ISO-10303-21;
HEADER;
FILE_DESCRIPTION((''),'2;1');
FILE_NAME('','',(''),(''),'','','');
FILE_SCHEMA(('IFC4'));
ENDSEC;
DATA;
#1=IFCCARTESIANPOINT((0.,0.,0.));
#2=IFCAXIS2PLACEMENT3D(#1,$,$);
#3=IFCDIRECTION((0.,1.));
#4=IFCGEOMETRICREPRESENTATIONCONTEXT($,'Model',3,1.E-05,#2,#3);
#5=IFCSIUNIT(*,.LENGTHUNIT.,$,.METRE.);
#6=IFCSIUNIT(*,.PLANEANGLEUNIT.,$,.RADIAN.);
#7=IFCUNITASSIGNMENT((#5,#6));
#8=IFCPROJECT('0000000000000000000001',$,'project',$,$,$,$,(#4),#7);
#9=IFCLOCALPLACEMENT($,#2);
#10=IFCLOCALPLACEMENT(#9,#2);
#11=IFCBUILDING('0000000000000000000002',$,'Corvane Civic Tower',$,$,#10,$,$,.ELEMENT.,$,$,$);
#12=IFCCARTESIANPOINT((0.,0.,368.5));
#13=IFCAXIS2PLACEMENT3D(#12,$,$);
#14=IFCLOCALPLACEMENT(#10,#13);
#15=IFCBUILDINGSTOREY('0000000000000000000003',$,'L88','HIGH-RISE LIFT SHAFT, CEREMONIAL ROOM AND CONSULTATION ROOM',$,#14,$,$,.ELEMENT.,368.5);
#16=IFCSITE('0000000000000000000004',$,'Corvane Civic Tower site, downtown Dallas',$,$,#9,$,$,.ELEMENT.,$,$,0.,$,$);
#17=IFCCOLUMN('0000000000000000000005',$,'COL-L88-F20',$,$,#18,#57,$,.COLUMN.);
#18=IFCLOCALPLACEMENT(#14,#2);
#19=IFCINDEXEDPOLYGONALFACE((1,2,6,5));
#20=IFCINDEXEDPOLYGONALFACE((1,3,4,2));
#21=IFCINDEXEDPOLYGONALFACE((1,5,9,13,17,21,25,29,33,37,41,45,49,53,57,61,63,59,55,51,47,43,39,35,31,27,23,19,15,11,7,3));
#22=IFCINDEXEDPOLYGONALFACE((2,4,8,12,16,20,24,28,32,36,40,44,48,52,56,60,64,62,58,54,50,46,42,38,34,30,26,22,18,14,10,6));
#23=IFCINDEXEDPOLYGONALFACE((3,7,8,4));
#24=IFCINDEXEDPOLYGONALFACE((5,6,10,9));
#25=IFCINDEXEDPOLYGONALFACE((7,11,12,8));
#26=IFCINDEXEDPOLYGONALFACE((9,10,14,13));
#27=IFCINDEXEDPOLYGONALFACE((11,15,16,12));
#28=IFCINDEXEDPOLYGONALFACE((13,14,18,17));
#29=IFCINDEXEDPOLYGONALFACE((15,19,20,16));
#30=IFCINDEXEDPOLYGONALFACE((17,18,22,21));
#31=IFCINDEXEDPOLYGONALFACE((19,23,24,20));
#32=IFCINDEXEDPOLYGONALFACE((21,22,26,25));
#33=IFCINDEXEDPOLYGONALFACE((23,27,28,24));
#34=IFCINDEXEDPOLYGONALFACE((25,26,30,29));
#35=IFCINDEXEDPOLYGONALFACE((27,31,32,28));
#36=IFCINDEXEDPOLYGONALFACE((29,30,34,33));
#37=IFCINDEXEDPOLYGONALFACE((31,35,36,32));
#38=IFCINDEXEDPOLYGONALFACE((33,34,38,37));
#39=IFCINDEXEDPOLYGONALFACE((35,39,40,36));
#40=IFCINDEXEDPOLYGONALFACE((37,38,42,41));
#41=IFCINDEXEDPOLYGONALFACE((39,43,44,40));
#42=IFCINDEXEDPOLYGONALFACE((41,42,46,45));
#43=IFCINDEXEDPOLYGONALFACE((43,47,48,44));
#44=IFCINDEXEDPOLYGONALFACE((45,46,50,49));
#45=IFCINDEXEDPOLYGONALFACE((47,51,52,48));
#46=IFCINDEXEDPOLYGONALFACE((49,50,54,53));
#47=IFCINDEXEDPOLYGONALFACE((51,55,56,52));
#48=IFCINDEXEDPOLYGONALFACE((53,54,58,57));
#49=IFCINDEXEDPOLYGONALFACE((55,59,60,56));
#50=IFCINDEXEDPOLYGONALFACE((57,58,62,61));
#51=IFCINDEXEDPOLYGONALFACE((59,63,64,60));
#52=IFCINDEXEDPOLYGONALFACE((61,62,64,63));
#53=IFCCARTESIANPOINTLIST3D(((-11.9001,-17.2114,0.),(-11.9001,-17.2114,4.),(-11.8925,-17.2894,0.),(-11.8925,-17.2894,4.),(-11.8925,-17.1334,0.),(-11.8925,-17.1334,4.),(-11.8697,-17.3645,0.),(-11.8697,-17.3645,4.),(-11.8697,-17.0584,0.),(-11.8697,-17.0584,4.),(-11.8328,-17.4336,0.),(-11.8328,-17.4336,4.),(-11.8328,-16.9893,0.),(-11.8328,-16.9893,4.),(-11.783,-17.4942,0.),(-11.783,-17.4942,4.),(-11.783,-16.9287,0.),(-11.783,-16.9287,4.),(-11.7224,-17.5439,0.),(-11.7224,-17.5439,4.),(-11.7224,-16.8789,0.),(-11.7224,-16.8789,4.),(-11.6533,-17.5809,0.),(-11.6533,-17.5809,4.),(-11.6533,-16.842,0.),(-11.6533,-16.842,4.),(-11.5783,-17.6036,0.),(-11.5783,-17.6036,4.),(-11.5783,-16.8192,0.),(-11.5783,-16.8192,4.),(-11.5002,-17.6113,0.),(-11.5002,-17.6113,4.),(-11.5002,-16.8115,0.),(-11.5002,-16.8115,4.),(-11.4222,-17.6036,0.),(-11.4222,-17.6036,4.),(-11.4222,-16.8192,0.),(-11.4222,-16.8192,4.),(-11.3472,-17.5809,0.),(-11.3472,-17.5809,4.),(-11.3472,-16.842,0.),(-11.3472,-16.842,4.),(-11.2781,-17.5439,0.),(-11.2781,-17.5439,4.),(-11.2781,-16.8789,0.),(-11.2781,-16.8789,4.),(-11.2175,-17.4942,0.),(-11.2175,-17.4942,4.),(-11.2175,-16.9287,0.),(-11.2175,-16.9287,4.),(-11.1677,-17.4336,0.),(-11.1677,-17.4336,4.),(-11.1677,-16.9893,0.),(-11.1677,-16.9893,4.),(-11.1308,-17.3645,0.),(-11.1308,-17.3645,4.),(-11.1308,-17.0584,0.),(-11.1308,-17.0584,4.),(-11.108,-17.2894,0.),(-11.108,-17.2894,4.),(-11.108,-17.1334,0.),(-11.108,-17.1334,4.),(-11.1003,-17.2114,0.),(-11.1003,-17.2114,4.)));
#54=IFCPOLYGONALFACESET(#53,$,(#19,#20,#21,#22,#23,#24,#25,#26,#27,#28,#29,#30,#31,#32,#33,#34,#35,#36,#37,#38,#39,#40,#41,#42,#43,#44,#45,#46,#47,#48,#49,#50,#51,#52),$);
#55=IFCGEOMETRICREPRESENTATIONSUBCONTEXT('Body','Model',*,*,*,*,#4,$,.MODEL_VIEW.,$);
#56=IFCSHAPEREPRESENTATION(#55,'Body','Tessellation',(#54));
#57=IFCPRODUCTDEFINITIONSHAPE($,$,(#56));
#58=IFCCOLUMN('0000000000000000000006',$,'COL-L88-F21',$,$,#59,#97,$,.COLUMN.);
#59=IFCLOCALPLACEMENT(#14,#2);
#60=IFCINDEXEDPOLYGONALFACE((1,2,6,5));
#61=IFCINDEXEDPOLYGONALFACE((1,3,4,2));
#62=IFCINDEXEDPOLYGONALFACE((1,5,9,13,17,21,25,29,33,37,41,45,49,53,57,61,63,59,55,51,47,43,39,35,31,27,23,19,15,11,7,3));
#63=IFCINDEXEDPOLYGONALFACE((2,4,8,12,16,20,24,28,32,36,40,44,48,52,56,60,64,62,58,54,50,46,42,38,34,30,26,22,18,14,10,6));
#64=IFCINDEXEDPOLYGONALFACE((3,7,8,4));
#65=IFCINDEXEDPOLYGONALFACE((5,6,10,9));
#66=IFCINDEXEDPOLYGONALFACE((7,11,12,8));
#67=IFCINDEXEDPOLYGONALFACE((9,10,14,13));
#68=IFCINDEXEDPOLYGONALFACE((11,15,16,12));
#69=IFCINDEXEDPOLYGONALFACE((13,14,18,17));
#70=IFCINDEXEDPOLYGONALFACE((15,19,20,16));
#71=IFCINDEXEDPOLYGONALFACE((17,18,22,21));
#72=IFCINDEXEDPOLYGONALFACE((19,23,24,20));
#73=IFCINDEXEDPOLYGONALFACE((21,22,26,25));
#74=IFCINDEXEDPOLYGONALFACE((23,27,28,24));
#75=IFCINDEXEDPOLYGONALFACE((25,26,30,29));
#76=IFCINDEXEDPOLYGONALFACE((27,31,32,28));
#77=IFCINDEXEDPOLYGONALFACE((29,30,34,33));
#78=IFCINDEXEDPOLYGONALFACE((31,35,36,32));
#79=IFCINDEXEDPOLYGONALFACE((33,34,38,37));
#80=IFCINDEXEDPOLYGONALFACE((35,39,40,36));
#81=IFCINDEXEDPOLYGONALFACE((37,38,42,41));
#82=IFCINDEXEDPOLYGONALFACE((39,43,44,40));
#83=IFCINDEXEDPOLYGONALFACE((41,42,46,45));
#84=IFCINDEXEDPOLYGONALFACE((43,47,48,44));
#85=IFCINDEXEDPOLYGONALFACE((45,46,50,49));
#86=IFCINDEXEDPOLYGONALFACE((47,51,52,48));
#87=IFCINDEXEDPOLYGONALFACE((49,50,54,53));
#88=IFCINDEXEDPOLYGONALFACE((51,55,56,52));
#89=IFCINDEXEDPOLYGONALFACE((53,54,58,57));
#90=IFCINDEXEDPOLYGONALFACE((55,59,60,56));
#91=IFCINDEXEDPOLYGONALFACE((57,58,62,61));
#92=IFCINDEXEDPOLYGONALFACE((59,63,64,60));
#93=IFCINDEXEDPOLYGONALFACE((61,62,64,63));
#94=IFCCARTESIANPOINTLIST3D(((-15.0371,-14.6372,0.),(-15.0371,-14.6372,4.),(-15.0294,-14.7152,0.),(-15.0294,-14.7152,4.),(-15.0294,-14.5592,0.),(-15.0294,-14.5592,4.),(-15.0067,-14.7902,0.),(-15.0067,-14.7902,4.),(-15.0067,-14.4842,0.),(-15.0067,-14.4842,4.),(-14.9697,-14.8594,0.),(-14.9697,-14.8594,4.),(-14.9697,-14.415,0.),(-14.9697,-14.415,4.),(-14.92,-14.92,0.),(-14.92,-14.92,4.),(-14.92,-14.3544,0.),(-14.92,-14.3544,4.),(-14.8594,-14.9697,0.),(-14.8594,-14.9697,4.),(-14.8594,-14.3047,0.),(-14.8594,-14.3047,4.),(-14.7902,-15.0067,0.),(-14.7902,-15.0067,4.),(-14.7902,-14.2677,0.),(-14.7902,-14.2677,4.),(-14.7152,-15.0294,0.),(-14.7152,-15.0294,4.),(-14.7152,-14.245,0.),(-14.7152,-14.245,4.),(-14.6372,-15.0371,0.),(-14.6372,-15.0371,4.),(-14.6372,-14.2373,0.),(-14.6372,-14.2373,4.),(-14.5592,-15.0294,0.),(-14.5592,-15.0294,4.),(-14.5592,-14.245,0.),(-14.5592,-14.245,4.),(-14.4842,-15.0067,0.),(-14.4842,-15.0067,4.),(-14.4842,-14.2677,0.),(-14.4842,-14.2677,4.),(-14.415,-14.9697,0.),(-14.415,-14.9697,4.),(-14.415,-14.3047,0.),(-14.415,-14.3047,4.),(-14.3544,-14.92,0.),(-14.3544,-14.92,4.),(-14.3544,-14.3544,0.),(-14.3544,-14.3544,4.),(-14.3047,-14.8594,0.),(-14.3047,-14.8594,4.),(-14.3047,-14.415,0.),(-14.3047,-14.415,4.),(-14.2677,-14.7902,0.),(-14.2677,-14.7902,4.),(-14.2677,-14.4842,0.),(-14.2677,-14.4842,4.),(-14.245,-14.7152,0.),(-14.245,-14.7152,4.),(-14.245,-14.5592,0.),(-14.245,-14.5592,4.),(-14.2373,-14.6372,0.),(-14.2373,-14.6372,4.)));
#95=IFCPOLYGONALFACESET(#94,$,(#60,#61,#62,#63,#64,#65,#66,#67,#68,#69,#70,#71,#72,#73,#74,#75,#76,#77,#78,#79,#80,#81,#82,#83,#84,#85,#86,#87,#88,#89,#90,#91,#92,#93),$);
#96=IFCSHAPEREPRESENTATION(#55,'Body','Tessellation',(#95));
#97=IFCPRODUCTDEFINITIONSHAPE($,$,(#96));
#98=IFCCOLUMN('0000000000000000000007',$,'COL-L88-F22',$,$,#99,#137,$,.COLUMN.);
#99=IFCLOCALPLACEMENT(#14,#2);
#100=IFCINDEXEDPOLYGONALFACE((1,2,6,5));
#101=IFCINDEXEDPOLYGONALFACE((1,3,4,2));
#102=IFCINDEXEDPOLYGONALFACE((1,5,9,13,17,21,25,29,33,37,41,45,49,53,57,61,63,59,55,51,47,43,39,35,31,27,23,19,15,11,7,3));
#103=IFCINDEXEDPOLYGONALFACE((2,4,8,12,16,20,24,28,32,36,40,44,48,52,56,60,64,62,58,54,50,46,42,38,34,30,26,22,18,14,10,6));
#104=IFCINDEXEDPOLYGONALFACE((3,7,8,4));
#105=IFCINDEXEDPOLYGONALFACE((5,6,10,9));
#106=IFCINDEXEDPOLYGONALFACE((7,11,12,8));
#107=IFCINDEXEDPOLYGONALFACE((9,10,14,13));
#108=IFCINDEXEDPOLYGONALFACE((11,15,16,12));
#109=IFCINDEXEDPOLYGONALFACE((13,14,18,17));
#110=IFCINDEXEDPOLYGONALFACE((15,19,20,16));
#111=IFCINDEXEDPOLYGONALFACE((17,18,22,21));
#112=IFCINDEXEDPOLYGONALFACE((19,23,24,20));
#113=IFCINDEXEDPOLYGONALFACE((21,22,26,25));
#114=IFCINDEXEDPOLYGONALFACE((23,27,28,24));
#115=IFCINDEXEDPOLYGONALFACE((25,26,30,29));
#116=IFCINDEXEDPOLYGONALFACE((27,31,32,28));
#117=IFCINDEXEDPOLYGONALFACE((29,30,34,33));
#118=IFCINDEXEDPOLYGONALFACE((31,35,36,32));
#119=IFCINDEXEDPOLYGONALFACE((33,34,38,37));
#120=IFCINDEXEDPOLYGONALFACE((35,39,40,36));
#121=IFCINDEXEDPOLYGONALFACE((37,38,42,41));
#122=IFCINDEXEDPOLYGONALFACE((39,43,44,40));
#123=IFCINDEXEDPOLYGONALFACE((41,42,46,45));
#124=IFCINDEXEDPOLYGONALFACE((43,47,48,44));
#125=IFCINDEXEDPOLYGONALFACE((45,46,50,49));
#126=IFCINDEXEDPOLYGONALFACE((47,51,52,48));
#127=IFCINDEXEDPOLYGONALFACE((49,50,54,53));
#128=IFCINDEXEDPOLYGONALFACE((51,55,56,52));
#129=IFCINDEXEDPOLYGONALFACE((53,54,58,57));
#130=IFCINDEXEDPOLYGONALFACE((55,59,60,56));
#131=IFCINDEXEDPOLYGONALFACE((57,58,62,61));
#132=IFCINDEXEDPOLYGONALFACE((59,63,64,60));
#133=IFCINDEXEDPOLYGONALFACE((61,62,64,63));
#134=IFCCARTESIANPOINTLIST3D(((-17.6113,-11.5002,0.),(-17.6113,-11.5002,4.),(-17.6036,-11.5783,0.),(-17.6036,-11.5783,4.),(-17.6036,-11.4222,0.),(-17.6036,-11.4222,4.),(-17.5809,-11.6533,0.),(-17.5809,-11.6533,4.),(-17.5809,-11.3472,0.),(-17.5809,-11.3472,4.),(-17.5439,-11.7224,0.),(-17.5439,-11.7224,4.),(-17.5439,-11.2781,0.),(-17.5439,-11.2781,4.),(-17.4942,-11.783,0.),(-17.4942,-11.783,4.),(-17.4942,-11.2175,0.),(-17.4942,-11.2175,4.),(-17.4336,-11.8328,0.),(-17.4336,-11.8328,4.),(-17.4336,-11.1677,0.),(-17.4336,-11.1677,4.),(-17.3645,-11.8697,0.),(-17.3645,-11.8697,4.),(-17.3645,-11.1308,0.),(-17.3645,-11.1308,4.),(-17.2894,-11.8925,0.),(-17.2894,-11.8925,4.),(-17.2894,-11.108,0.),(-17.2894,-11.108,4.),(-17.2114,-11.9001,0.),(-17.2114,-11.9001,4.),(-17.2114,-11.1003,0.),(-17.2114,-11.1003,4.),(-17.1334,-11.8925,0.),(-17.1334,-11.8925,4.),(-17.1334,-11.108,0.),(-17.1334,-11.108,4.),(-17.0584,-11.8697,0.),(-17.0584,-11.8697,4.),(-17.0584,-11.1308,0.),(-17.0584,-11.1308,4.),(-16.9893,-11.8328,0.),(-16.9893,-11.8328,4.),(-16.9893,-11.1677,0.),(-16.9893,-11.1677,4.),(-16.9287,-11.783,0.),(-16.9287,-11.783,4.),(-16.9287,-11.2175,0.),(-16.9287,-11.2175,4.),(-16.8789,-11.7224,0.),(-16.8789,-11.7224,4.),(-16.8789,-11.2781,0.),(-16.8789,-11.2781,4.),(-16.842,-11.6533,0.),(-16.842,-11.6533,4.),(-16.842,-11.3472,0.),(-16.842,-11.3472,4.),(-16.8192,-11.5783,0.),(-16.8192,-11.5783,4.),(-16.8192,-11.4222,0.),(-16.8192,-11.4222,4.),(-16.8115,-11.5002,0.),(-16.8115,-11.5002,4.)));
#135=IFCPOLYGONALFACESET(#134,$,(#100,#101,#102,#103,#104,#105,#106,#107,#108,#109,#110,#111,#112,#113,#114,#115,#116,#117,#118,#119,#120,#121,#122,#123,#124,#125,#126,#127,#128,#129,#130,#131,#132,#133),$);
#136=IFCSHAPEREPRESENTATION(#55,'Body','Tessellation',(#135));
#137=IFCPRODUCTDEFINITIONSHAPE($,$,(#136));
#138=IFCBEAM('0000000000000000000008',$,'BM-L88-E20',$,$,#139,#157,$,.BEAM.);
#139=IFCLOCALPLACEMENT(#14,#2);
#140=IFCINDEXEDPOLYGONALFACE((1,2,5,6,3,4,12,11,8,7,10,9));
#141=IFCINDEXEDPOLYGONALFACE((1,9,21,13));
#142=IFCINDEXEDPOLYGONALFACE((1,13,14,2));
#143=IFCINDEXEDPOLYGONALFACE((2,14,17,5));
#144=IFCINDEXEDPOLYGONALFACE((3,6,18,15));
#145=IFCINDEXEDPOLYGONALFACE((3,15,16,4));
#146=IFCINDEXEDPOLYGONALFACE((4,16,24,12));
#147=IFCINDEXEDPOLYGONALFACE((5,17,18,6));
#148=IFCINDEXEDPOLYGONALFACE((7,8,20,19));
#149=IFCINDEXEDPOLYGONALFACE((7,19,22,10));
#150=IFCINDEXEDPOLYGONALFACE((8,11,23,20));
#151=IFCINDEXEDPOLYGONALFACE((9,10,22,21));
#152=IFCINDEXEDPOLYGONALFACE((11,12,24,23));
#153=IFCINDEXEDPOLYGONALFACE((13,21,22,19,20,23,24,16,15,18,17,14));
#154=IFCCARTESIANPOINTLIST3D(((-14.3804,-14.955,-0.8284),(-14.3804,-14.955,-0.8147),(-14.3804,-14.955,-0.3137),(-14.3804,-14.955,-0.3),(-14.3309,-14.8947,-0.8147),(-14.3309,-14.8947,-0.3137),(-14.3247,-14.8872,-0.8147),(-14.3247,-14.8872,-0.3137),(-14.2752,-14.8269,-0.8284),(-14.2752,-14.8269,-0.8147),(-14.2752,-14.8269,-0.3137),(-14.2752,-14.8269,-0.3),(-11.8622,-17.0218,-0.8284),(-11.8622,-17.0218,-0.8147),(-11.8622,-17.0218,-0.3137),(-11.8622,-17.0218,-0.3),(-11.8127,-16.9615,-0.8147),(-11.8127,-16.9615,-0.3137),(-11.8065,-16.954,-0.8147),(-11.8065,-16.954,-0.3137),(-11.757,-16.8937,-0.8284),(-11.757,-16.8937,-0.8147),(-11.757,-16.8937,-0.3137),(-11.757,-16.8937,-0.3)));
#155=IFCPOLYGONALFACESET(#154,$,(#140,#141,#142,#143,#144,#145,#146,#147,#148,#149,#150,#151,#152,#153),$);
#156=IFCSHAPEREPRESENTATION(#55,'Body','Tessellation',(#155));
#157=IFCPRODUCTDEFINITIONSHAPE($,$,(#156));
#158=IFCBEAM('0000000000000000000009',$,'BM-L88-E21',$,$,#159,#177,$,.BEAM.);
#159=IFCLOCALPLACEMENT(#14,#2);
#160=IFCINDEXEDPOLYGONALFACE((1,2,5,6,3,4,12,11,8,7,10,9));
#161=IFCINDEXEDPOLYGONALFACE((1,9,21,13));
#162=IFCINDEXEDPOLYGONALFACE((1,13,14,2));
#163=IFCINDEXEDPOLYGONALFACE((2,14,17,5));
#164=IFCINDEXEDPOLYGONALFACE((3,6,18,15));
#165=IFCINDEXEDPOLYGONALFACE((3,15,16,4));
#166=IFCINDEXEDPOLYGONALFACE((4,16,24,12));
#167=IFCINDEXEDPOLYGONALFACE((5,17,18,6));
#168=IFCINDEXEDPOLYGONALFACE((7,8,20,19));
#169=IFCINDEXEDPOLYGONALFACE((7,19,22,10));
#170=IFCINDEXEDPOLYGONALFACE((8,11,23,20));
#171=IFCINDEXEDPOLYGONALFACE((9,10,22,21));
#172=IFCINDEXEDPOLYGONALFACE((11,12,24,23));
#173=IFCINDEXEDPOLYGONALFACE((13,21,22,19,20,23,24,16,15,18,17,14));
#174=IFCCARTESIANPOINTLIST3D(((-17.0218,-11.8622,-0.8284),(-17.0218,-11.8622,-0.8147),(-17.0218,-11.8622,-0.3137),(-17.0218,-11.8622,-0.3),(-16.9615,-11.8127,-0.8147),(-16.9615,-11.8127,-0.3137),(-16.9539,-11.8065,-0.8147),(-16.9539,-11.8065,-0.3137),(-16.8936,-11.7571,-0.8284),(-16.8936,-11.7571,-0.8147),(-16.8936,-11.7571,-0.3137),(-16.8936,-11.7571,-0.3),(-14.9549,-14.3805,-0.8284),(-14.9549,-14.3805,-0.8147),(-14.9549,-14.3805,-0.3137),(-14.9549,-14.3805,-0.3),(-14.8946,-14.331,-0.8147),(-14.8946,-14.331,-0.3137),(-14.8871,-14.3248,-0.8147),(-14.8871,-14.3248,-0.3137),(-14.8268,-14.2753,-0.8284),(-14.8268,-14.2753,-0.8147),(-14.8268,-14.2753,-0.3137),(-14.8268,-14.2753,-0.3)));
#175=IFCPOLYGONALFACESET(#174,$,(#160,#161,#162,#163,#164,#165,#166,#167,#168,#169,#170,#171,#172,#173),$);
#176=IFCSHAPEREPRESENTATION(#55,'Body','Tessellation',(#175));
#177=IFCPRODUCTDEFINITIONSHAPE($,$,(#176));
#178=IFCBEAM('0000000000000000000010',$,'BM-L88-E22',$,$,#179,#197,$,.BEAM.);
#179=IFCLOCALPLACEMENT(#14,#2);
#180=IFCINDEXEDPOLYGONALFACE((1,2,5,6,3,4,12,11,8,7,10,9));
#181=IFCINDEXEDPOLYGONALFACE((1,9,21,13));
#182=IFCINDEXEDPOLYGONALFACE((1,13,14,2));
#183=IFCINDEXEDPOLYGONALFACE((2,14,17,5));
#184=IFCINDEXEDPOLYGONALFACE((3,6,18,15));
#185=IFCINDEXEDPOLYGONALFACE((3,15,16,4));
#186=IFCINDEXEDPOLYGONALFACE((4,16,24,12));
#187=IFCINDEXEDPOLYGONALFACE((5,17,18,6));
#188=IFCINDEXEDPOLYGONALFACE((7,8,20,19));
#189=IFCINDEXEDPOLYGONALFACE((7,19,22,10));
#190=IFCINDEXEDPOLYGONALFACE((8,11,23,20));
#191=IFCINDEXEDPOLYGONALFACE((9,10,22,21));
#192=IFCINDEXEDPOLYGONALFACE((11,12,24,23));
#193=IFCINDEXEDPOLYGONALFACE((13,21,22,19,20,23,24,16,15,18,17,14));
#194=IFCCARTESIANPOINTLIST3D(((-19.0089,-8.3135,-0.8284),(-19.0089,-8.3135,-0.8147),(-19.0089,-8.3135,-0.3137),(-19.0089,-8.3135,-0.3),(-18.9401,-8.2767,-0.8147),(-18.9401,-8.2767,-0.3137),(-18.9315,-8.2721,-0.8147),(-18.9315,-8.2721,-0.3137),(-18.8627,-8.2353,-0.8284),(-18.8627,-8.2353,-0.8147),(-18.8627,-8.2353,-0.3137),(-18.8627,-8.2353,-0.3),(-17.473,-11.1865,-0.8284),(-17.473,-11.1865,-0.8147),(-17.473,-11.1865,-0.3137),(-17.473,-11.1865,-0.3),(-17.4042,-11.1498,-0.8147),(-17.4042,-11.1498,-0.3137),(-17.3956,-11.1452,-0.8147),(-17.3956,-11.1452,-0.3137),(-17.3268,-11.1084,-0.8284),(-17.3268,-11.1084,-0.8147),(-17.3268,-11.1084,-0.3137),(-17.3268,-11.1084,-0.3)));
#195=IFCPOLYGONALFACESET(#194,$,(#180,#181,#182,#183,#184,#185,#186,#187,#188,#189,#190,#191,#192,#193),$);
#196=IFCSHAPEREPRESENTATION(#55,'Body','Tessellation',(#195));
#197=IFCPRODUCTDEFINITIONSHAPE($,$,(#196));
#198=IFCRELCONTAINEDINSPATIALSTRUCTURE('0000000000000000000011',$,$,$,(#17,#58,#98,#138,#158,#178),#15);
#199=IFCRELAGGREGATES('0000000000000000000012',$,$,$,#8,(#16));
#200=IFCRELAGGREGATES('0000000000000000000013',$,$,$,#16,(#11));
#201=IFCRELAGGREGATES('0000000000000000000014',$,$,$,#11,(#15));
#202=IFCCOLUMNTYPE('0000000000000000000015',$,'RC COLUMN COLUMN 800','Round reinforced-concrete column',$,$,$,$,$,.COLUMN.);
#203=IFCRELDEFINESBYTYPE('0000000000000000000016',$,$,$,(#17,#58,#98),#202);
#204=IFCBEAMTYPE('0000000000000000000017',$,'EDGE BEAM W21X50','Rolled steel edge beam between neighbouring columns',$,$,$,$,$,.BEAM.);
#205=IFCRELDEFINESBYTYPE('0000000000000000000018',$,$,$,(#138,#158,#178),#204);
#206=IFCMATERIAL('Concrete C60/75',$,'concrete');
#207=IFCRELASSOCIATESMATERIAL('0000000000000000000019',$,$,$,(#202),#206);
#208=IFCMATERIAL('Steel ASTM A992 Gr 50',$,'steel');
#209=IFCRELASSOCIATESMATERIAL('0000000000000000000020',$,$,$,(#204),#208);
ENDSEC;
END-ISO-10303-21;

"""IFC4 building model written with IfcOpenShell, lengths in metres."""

from ifc_helpers import new_model, si_unit, direction, frame, origin, origin_2d, place, context, subcontext, project, spatial, circle, i_section, extrude, material, material_profile, profile_set, type_object, element, save


model = new_model("IFC4")

# Units and contexts
model_context = context("Model", 3, precision=1e-05, world=origin(), true_north=direction((0.0, 1.0)))
body_context = subcontext(model_context, "Body", "Model", "MODEL_VIEW")
ifc_project = project(units=[si_unit("LENGTHUNIT", "METRE"), si_unit("PLANEANGLEUNIT", "RADIAN")], contexts=[model_context])

# Site, building, storey
site_placement = place(None, origin())
site = spatial("IfcSite", under=ifc_project, at=site_placement, Name="Corvane Civic Tower site, downtown Dallas", CompositionType="ELEMENT", RefElevation=0.0)
building_placement = place(site_placement, origin())
building = spatial("IfcBuilding", under=site, at=building_placement, Name="Corvane Civic Tower", CompositionType="ELEMENT")
storey_placement = place(building_placement, frame((0.0, 0.0, 368.5)))
storey = spatial("IfcBuildingStorey", under=building, at=storey_placement, Name="L88", Description="HIGH-RISE LIFT SHAFT, CEREMONIAL ROOM AND CONSULTATION ROOM", CompositionType="ELEMENT", Elevation=368.5)

# Columns
ifc_material_1 = material(Name="Concrete C60/75", Category="concrete")
ifc_material_profile_1 = material_profile(ifc_material_1, circle(Radius=0.3999, at=origin_2d()), Name="COLUMN 800")
ifc_profile_set_1 = profile_set([ifc_material_profile_1], Name="Concrete C60/75")
column_type = type_object("IfcColumnType", Name="RC COLUMN COLUMN 800", Description="Round reinforced-concrete column", PredefinedType="COLUMN", material=ifc_profile_set_1)
for number, where, z_axis, x_axis, name in (
    (1, (-11.5002, -17.2114, 0.0), (0.0, 0.0, 1.0), (1.0, 0.0, 0.0), "COL-L88-F20"),
    (2, (-14.6372, -14.6372, 0.0), (0.0, 0.0, 1.0), (1.0, 0.0, 0.0), "COL-L88-F21"),
    (3, (-17.2114, -11.5002, 0.0), (0.0, 0.0, 1.0), (1.0, 0.0, 0.0), "COL-L88-F22"),
):
    element("IfcColumn", number, at=place(storey_placement, frame(where, z_axis=z_axis, x_axis=x_axis)), inside=storey, type_object=column_type, Name=name, PredefinedType="COLUMN", context=body_context, shape_type="SweptSolid", body=[
        extrude(circle(Radius=0.3999, at=origin_2d()), origin(), (0.0, 0.0, 1.0), 4.0),
    ])

# Beams
ifc_material_2 = material(Name="Steel ASTM A992 Gr 50", Category="steel")
ifc_material_profile_2 = material_profile(ifc_material_2, i_section(OverallWidth=0.1658, OverallDepth=0.5283, WebThickness=0.0098, FlangeThickness=0.0137, at=origin_2d()), Name="W21X50")
ifc_profile_set_2 = profile_set([ifc_material_profile_2], Name="Steel ASTM A992 Gr 50")
beam_type_1 = type_object("IfcBeamType", Name="EDGE BEAM W21X50", Description="Rolled steel edge beam between neighbouring columns", PredefinedType="BEAM", material=ifc_profile_set_2)
for number, where, z_axis, x_axis, name in (
    (4, (-11.8096, -16.9578, -0.5642), (-0.772985, 0.634425, 0.0), (-0.634425, -0.772985, 0.0), "BM-L88-E20"),
    (5, (-14.8909, -14.3279, -0.5642), (-0.634425, 0.772985, 0.0), (-0.772985, -0.634425, 0.0), "BM-L88-E21"),
    (6, (-17.3999, -11.1475, -0.5642), (-0.471448, 0.881894, 0.0), (-0.881894, -0.471448, 0.0), "BM-L88-E22"),
):
    element("IfcBeam", number, at=place(storey_placement, frame(where, z_axis=z_axis, x_axis=x_axis)), inside=storey, type_object=beam_type_1, Name=name, PredefinedType="BEAM", context=body_context, shape_type="SweptSolid", body=[
        extrude(i_section(OverallWidth=0.1658, OverallDepth=0.5283, WebThickness=0.0098, FlangeThickness=0.0137, at=origin_2d()), origin(), (0.0, 0.0, 1.0), 3.2578),
    ])

save(model, "model.ifc")
